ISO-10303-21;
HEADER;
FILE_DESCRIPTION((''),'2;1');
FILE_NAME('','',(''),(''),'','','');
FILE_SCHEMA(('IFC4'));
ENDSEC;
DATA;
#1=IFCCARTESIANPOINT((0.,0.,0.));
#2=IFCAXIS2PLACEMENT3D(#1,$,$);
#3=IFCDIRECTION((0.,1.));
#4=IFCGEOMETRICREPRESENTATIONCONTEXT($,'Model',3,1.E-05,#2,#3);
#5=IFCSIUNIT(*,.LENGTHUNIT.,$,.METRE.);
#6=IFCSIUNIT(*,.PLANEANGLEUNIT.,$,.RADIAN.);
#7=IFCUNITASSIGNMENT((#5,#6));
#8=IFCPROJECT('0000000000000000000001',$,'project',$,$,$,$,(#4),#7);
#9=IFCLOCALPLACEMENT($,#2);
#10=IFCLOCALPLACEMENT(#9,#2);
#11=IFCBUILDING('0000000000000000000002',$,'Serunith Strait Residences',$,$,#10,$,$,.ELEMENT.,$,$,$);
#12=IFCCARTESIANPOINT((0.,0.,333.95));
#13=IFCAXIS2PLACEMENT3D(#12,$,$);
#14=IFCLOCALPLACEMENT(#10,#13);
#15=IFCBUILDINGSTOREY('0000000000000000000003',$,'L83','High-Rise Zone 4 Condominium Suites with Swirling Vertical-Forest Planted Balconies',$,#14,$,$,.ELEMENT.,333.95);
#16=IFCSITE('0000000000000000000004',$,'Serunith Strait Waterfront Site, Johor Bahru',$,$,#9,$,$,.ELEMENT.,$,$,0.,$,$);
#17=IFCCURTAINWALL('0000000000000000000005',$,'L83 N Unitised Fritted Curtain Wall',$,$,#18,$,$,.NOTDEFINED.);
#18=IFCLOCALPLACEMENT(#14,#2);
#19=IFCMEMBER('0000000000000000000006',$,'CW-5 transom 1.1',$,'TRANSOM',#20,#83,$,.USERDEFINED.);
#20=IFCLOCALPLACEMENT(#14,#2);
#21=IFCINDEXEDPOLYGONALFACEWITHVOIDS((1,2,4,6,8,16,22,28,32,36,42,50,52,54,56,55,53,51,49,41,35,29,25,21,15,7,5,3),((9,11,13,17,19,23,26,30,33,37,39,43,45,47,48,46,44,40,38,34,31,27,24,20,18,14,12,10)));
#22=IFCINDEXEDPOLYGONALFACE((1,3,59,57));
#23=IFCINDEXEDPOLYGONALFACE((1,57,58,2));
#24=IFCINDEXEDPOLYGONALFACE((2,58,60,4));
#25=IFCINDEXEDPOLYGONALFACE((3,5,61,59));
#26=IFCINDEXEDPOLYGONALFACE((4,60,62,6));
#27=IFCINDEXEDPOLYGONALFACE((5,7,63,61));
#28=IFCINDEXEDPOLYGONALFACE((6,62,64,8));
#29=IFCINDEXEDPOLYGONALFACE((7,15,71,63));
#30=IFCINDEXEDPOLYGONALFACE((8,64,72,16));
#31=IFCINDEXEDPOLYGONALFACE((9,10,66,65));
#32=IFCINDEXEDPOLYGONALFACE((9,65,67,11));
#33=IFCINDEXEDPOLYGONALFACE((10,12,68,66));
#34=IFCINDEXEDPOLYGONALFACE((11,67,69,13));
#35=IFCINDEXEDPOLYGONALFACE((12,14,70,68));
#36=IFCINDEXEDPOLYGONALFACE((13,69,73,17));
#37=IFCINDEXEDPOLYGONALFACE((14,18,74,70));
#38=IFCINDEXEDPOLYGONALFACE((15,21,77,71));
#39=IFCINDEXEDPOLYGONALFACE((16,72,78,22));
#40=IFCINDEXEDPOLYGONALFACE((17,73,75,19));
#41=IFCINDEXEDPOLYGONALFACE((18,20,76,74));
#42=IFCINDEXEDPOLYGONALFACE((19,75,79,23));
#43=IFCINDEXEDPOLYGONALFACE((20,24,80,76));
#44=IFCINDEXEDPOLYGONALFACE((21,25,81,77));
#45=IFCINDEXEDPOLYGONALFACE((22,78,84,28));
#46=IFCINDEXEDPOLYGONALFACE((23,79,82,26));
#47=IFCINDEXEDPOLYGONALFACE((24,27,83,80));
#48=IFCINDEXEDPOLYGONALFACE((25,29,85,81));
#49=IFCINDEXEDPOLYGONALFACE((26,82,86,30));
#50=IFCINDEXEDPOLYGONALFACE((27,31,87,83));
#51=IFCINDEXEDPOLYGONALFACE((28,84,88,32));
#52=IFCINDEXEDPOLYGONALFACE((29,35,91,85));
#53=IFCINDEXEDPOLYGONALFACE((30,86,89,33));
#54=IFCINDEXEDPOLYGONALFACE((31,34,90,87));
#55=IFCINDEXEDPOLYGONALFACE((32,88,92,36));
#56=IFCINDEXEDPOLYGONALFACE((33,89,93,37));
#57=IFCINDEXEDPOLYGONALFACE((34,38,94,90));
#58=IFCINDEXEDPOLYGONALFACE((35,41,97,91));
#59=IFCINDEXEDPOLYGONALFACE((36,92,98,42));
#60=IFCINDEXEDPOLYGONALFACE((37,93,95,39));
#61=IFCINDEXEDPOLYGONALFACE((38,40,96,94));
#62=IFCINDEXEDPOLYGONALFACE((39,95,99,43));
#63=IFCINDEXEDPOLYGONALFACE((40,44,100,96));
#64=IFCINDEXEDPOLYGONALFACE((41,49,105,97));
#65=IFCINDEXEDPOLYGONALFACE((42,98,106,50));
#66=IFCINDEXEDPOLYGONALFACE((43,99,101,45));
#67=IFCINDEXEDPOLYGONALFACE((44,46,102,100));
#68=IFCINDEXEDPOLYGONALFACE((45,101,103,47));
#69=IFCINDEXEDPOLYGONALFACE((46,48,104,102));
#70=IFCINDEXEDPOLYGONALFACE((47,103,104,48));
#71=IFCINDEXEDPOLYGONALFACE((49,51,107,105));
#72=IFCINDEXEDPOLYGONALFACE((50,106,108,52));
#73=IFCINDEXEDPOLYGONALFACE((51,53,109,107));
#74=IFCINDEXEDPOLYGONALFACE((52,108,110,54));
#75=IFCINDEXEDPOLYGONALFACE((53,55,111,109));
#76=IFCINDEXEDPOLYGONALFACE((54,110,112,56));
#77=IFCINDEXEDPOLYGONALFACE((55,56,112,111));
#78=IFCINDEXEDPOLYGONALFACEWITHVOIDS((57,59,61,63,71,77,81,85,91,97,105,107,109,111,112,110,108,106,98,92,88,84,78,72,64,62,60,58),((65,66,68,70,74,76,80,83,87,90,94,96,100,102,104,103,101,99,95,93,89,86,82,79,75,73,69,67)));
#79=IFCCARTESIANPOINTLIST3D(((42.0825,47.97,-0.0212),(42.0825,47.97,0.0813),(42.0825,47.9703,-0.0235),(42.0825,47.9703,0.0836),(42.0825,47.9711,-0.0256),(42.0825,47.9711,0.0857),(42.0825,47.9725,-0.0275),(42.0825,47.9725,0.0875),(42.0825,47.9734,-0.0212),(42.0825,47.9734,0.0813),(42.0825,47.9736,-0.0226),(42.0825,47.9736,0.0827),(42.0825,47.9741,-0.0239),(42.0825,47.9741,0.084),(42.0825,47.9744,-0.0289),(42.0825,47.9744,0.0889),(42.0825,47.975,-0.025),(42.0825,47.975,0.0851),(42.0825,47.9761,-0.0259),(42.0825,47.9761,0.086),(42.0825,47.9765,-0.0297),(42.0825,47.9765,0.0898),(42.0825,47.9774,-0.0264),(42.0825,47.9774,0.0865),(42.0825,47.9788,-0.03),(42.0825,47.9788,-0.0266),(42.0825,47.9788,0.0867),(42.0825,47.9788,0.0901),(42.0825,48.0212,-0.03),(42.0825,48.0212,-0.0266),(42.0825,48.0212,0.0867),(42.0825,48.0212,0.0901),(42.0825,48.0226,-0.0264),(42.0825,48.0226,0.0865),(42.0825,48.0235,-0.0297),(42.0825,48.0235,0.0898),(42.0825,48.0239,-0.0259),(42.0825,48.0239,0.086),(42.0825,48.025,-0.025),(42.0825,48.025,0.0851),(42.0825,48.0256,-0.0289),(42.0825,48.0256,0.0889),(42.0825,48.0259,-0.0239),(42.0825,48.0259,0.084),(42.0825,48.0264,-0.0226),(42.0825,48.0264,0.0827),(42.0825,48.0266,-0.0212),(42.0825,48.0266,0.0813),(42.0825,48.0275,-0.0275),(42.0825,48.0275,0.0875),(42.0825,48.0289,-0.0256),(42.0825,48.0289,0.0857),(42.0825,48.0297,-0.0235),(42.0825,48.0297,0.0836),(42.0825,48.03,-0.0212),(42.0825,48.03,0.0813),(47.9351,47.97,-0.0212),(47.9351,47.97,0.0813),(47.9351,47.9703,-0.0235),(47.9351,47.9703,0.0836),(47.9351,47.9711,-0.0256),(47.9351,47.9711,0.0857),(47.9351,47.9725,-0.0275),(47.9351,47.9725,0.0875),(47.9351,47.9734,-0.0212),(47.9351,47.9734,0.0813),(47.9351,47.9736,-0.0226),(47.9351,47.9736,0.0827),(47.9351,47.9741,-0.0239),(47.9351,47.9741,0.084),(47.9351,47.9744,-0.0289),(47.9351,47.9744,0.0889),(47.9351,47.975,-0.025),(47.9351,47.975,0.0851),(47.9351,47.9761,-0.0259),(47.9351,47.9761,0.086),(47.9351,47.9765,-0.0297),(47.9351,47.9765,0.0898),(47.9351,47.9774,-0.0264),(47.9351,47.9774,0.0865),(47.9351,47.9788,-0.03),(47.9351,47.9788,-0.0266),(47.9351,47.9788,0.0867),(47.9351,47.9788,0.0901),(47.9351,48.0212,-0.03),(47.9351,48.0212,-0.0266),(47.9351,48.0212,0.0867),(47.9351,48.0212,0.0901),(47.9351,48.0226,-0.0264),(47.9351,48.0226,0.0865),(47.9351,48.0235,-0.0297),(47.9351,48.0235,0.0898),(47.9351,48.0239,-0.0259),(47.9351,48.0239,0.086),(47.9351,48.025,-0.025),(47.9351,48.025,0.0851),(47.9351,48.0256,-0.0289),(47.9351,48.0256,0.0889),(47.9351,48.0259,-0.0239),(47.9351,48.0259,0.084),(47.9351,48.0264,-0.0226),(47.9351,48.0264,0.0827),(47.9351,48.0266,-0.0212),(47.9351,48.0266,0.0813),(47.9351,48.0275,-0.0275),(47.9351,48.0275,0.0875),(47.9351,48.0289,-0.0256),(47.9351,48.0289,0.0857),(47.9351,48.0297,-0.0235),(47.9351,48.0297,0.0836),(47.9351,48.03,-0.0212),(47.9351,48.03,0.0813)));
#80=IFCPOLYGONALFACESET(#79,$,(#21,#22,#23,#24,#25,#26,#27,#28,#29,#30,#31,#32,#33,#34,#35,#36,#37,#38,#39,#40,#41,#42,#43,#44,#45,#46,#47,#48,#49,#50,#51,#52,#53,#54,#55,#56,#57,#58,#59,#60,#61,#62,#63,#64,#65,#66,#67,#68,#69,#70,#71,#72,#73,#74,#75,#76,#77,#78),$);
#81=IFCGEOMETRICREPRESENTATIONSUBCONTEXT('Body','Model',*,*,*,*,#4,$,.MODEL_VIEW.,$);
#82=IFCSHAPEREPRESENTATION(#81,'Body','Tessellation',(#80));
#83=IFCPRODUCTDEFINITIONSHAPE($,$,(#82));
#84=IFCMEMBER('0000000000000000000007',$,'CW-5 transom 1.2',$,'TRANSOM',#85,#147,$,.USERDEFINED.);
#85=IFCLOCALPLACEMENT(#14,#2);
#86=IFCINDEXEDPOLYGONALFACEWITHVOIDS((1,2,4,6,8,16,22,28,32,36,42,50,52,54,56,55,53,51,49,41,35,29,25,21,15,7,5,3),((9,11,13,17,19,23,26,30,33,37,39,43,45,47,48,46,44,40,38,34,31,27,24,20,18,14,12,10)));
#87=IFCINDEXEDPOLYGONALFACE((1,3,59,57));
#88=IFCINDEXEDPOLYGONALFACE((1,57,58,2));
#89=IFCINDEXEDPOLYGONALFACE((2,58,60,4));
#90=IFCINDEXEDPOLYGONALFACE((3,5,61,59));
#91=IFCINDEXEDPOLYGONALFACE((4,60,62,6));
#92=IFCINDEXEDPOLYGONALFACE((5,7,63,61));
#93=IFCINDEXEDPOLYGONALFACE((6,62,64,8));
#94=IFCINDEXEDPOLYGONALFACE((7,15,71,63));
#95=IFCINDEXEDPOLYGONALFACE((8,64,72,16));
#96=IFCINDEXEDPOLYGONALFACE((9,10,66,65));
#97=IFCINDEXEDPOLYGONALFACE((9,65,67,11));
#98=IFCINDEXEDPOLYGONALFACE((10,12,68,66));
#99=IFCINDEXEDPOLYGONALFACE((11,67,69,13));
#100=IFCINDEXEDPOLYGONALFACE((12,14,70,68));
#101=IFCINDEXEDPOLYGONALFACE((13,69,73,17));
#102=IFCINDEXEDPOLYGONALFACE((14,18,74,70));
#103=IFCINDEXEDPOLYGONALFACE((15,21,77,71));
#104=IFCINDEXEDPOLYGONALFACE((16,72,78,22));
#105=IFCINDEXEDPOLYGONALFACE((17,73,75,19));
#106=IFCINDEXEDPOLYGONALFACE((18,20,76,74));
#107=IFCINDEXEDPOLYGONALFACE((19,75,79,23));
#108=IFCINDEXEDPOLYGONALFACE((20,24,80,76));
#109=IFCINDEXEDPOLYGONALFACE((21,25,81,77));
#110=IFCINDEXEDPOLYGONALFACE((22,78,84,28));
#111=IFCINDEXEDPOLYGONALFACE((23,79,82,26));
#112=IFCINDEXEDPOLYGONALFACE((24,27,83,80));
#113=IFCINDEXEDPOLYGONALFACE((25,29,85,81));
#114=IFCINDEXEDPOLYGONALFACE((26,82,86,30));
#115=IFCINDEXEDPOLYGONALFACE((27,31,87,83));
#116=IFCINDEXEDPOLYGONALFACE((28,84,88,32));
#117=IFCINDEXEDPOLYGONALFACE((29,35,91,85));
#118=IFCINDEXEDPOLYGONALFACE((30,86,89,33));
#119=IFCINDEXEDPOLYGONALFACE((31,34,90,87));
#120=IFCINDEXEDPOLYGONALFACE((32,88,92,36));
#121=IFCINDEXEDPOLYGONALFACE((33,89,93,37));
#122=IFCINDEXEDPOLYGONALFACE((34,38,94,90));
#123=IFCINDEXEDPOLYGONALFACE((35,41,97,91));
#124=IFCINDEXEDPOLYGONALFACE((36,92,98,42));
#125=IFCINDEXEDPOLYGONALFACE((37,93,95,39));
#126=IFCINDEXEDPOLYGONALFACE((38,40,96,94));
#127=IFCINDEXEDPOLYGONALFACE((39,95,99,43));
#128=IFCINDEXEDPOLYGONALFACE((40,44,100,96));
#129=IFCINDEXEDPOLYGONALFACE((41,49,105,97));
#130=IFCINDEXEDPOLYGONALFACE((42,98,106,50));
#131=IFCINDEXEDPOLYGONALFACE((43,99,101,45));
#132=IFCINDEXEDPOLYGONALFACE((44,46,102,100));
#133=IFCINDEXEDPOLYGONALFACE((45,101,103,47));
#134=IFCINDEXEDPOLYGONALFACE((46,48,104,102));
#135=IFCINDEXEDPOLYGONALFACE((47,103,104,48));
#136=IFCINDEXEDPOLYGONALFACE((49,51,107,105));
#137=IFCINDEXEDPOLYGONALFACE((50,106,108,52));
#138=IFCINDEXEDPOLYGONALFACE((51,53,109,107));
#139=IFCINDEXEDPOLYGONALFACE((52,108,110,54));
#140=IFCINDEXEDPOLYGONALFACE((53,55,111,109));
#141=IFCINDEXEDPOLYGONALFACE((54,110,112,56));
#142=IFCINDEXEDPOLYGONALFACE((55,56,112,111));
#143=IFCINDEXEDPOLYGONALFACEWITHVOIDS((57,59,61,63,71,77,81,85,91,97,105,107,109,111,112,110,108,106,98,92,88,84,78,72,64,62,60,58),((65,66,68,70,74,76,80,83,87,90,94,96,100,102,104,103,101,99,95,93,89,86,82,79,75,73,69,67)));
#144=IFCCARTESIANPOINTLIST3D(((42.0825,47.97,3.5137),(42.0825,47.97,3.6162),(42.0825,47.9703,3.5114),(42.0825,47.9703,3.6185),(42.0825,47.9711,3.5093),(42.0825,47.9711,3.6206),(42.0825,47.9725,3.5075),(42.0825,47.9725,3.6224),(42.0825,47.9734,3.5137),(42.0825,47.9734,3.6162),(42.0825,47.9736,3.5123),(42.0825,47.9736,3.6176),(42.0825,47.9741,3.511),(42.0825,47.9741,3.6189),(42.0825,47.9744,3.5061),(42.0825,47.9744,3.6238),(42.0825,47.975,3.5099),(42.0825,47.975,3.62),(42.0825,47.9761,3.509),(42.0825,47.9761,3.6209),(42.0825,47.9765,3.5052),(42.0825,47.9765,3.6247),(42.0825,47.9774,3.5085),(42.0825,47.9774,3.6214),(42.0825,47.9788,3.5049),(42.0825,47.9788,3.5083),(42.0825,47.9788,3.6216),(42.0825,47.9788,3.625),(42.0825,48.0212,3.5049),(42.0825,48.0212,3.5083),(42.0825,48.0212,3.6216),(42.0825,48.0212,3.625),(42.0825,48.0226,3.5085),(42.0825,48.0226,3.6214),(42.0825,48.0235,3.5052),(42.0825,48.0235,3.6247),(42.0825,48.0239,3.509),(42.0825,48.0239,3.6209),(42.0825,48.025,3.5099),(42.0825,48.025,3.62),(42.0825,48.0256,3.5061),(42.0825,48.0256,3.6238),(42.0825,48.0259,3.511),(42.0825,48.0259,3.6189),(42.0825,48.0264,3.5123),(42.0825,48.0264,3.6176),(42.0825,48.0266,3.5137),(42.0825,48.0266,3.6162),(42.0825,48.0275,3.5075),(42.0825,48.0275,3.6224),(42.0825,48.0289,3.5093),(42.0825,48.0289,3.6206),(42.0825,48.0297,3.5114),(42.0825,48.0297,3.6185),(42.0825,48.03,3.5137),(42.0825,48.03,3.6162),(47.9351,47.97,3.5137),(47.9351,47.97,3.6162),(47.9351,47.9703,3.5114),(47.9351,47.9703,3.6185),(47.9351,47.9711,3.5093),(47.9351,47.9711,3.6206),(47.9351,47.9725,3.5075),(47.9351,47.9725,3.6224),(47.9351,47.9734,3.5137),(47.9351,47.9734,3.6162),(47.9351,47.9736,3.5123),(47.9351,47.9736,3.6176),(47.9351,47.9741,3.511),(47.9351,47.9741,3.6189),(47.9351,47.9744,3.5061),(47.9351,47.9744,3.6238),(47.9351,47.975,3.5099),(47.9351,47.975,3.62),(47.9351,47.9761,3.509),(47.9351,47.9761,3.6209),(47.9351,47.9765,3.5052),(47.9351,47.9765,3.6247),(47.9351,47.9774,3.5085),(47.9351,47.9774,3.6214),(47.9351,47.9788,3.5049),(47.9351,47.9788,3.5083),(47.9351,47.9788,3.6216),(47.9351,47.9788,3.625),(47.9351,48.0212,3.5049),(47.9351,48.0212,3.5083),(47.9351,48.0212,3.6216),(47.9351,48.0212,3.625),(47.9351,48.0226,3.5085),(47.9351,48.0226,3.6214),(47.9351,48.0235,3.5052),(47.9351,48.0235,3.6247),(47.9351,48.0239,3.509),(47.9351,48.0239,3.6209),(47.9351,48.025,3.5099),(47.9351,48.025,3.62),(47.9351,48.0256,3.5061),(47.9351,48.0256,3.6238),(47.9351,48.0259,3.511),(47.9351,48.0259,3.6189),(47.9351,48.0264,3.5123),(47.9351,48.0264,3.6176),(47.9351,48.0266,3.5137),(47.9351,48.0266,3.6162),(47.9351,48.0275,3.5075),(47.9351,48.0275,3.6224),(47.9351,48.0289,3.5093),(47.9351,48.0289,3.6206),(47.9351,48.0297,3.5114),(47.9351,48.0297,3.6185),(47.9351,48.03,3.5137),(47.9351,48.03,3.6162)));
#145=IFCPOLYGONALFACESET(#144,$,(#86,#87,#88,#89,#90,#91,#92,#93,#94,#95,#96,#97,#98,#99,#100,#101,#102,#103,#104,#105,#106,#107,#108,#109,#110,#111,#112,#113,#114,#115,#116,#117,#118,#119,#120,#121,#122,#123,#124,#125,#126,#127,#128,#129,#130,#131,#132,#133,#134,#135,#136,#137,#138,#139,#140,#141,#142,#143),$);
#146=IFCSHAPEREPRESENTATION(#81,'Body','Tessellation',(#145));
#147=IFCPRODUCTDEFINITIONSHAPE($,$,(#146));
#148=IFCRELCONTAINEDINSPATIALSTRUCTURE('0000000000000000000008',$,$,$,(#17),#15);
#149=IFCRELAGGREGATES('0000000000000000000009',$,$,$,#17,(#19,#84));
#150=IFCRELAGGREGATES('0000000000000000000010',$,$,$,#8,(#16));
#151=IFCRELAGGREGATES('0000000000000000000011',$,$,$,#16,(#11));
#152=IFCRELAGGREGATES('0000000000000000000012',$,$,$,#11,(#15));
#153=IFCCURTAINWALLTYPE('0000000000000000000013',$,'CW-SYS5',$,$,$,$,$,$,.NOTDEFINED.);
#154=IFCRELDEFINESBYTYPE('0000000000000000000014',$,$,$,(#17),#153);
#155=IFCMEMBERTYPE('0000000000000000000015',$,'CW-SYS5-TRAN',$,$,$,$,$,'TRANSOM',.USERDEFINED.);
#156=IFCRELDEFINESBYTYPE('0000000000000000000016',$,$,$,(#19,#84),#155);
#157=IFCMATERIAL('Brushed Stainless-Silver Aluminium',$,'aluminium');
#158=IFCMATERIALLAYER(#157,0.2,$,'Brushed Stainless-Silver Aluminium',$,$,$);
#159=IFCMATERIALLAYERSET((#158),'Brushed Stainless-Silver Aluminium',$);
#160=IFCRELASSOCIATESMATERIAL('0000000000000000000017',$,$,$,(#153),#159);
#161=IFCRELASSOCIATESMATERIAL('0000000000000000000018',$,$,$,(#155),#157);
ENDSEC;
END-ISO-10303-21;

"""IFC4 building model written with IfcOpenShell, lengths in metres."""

from ifc_helpers import new_model, si_unit, direction, frame, origin, origin_2d, place, context, subcontext, project, spatial, hollow_rectangle, extrude, source, transform, mapped, material, layer, layer_set, material_profile, profile_set, type_object, element, aggregate, save


model = new_model("IFC4")

# Units and contexts
model_context = context("Model", 3, precision=1e-05, world=origin(), true_north=direction((0.0, 1.0)))
body_context = subcontext(model_context, "Body", "Model", "MODEL_VIEW")
ifc_project = project(units=[si_unit("LENGTHUNIT", "METRE"), si_unit("PLANEANGLEUNIT", "RADIAN")], contexts=[model_context])

# Site, building, storey
site_placement = place(None, origin())
site = spatial("IfcSite", under=ifc_project, at=site_placement, Name="Serunith Strait Waterfront Site, Johor Bahru", CompositionType="ELEMENT", RefElevation=0.0)
building_placement = place(site_placement, origin())
building = spatial("IfcBuilding", under=site, at=building_placement, Name="Serunith Strait Residences", CompositionType="ELEMENT")
storey_placement = place(building_placement, frame((0.0, 0.0, 333.95)))
storey = spatial("IfcBuildingStorey", under=building, at=storey_placement, Name="L83", Description="High-Rise Zone 4 Condominium Suites with Swirling Vertical-Forest Planted Balconies", CompositionType="ELEMENT", Elevation=333.95)

# Curtain wall, members
ifc_material_1 = material(Name="Brushed Stainless-Silver Aluminium", Category="aluminium")
ifc_layer_1 = layer(ifc_material_1, 0.2, Name="Brushed Stainless-Silver Aluminium")
ifc_layer_set_1 = layer_set([ifc_layer_1], Name="Brushed Stainless-Silver Aluminium")
curtain_wall_type = type_object("IfcCurtainWallType", Name="CW-SYS5", PredefinedType="NOTDEFINED", material=ifc_layer_set_1)
curtain_wall_1_placement = place(storey_placement, origin())
curtain_wall_1 = element("IfcCurtainWall", 1, at=curtain_wall_1_placement, inside=storey, type_object=curtain_wall_type, Name="L83 N Unitised Fritted Curtain Wall", PredefinedType="NOTDEFINED")
ifc_material_profile_1 = material_profile(ifc_material_1, hollow_rectangle(XDim=0.0601, YDim=0.1201, WallThickness=0.0034, InnerFilletRadius=0.0054, OuterFilletRadius=0.0088, at=origin_2d()), Name="ALU 120x60x3.5")
ifc_profile_set_1 = profile_set([ifc_material_profile_1], Name="Brushed Stainless-Silver Aluminium")
member_type_1 = type_object("IfcMemberType", Name="CW-SYS5-TRAN", ElementType="TRANSOM", PredefinedType="USERDEFINED", material=ifc_profile_set_1)
shared_shape_1 = source(origin(), body_context, "Body", "SweptSolid", [
    extrude(hollow_rectangle(XDim=0.0601, YDim=0.1201, WallThickness=0.0034, InnerFilletRadius=0.0054, OuterFilletRadius=0.0088, at=origin_2d()), origin(), (0.0, 0.0, 1.0), 5.8525),
])
member_1_placement = place(storey_placement, frame((47.9351, 48.0, 0.03), z_axis=(-1.0, 0.0, 0.0), x_axis=(0.0, -1.0, 0.0)))
member_1 = element("IfcMember", 2, at=member_1_placement, type_object=member_type_1, Name="CW-5 transom 1.1", ObjectType="TRANSOM", PredefinedType="USERDEFINED", context=body_context, shape_type="MappedRepresentation", body=[
    mapped(shared_shape_1, transform((0.0, 0.0, 0.0), scale=1.0)),
])
member_2_placement = place(storey_placement, frame((47.9351, 48.0, 3.5649), z_axis=(-1.0, 0.0, 0.0), x_axis=(0.0, -1.0, 0.0)))
member_2 = element("IfcMember", 3, at=member_2_placement, type_object=member_type_1, Name="CW-5 transom 1.2", ObjectType="TRANSOM", PredefinedType="USERDEFINED", context=body_context, shape_type="MappedRepresentation", body=[
    mapped(shared_shape_1, transform((0.0, 0.0, 0.0), scale=1.0)),
])

aggregate(curtain_wall_1, [member_1, member_2])

save(model, "model.ifc")
